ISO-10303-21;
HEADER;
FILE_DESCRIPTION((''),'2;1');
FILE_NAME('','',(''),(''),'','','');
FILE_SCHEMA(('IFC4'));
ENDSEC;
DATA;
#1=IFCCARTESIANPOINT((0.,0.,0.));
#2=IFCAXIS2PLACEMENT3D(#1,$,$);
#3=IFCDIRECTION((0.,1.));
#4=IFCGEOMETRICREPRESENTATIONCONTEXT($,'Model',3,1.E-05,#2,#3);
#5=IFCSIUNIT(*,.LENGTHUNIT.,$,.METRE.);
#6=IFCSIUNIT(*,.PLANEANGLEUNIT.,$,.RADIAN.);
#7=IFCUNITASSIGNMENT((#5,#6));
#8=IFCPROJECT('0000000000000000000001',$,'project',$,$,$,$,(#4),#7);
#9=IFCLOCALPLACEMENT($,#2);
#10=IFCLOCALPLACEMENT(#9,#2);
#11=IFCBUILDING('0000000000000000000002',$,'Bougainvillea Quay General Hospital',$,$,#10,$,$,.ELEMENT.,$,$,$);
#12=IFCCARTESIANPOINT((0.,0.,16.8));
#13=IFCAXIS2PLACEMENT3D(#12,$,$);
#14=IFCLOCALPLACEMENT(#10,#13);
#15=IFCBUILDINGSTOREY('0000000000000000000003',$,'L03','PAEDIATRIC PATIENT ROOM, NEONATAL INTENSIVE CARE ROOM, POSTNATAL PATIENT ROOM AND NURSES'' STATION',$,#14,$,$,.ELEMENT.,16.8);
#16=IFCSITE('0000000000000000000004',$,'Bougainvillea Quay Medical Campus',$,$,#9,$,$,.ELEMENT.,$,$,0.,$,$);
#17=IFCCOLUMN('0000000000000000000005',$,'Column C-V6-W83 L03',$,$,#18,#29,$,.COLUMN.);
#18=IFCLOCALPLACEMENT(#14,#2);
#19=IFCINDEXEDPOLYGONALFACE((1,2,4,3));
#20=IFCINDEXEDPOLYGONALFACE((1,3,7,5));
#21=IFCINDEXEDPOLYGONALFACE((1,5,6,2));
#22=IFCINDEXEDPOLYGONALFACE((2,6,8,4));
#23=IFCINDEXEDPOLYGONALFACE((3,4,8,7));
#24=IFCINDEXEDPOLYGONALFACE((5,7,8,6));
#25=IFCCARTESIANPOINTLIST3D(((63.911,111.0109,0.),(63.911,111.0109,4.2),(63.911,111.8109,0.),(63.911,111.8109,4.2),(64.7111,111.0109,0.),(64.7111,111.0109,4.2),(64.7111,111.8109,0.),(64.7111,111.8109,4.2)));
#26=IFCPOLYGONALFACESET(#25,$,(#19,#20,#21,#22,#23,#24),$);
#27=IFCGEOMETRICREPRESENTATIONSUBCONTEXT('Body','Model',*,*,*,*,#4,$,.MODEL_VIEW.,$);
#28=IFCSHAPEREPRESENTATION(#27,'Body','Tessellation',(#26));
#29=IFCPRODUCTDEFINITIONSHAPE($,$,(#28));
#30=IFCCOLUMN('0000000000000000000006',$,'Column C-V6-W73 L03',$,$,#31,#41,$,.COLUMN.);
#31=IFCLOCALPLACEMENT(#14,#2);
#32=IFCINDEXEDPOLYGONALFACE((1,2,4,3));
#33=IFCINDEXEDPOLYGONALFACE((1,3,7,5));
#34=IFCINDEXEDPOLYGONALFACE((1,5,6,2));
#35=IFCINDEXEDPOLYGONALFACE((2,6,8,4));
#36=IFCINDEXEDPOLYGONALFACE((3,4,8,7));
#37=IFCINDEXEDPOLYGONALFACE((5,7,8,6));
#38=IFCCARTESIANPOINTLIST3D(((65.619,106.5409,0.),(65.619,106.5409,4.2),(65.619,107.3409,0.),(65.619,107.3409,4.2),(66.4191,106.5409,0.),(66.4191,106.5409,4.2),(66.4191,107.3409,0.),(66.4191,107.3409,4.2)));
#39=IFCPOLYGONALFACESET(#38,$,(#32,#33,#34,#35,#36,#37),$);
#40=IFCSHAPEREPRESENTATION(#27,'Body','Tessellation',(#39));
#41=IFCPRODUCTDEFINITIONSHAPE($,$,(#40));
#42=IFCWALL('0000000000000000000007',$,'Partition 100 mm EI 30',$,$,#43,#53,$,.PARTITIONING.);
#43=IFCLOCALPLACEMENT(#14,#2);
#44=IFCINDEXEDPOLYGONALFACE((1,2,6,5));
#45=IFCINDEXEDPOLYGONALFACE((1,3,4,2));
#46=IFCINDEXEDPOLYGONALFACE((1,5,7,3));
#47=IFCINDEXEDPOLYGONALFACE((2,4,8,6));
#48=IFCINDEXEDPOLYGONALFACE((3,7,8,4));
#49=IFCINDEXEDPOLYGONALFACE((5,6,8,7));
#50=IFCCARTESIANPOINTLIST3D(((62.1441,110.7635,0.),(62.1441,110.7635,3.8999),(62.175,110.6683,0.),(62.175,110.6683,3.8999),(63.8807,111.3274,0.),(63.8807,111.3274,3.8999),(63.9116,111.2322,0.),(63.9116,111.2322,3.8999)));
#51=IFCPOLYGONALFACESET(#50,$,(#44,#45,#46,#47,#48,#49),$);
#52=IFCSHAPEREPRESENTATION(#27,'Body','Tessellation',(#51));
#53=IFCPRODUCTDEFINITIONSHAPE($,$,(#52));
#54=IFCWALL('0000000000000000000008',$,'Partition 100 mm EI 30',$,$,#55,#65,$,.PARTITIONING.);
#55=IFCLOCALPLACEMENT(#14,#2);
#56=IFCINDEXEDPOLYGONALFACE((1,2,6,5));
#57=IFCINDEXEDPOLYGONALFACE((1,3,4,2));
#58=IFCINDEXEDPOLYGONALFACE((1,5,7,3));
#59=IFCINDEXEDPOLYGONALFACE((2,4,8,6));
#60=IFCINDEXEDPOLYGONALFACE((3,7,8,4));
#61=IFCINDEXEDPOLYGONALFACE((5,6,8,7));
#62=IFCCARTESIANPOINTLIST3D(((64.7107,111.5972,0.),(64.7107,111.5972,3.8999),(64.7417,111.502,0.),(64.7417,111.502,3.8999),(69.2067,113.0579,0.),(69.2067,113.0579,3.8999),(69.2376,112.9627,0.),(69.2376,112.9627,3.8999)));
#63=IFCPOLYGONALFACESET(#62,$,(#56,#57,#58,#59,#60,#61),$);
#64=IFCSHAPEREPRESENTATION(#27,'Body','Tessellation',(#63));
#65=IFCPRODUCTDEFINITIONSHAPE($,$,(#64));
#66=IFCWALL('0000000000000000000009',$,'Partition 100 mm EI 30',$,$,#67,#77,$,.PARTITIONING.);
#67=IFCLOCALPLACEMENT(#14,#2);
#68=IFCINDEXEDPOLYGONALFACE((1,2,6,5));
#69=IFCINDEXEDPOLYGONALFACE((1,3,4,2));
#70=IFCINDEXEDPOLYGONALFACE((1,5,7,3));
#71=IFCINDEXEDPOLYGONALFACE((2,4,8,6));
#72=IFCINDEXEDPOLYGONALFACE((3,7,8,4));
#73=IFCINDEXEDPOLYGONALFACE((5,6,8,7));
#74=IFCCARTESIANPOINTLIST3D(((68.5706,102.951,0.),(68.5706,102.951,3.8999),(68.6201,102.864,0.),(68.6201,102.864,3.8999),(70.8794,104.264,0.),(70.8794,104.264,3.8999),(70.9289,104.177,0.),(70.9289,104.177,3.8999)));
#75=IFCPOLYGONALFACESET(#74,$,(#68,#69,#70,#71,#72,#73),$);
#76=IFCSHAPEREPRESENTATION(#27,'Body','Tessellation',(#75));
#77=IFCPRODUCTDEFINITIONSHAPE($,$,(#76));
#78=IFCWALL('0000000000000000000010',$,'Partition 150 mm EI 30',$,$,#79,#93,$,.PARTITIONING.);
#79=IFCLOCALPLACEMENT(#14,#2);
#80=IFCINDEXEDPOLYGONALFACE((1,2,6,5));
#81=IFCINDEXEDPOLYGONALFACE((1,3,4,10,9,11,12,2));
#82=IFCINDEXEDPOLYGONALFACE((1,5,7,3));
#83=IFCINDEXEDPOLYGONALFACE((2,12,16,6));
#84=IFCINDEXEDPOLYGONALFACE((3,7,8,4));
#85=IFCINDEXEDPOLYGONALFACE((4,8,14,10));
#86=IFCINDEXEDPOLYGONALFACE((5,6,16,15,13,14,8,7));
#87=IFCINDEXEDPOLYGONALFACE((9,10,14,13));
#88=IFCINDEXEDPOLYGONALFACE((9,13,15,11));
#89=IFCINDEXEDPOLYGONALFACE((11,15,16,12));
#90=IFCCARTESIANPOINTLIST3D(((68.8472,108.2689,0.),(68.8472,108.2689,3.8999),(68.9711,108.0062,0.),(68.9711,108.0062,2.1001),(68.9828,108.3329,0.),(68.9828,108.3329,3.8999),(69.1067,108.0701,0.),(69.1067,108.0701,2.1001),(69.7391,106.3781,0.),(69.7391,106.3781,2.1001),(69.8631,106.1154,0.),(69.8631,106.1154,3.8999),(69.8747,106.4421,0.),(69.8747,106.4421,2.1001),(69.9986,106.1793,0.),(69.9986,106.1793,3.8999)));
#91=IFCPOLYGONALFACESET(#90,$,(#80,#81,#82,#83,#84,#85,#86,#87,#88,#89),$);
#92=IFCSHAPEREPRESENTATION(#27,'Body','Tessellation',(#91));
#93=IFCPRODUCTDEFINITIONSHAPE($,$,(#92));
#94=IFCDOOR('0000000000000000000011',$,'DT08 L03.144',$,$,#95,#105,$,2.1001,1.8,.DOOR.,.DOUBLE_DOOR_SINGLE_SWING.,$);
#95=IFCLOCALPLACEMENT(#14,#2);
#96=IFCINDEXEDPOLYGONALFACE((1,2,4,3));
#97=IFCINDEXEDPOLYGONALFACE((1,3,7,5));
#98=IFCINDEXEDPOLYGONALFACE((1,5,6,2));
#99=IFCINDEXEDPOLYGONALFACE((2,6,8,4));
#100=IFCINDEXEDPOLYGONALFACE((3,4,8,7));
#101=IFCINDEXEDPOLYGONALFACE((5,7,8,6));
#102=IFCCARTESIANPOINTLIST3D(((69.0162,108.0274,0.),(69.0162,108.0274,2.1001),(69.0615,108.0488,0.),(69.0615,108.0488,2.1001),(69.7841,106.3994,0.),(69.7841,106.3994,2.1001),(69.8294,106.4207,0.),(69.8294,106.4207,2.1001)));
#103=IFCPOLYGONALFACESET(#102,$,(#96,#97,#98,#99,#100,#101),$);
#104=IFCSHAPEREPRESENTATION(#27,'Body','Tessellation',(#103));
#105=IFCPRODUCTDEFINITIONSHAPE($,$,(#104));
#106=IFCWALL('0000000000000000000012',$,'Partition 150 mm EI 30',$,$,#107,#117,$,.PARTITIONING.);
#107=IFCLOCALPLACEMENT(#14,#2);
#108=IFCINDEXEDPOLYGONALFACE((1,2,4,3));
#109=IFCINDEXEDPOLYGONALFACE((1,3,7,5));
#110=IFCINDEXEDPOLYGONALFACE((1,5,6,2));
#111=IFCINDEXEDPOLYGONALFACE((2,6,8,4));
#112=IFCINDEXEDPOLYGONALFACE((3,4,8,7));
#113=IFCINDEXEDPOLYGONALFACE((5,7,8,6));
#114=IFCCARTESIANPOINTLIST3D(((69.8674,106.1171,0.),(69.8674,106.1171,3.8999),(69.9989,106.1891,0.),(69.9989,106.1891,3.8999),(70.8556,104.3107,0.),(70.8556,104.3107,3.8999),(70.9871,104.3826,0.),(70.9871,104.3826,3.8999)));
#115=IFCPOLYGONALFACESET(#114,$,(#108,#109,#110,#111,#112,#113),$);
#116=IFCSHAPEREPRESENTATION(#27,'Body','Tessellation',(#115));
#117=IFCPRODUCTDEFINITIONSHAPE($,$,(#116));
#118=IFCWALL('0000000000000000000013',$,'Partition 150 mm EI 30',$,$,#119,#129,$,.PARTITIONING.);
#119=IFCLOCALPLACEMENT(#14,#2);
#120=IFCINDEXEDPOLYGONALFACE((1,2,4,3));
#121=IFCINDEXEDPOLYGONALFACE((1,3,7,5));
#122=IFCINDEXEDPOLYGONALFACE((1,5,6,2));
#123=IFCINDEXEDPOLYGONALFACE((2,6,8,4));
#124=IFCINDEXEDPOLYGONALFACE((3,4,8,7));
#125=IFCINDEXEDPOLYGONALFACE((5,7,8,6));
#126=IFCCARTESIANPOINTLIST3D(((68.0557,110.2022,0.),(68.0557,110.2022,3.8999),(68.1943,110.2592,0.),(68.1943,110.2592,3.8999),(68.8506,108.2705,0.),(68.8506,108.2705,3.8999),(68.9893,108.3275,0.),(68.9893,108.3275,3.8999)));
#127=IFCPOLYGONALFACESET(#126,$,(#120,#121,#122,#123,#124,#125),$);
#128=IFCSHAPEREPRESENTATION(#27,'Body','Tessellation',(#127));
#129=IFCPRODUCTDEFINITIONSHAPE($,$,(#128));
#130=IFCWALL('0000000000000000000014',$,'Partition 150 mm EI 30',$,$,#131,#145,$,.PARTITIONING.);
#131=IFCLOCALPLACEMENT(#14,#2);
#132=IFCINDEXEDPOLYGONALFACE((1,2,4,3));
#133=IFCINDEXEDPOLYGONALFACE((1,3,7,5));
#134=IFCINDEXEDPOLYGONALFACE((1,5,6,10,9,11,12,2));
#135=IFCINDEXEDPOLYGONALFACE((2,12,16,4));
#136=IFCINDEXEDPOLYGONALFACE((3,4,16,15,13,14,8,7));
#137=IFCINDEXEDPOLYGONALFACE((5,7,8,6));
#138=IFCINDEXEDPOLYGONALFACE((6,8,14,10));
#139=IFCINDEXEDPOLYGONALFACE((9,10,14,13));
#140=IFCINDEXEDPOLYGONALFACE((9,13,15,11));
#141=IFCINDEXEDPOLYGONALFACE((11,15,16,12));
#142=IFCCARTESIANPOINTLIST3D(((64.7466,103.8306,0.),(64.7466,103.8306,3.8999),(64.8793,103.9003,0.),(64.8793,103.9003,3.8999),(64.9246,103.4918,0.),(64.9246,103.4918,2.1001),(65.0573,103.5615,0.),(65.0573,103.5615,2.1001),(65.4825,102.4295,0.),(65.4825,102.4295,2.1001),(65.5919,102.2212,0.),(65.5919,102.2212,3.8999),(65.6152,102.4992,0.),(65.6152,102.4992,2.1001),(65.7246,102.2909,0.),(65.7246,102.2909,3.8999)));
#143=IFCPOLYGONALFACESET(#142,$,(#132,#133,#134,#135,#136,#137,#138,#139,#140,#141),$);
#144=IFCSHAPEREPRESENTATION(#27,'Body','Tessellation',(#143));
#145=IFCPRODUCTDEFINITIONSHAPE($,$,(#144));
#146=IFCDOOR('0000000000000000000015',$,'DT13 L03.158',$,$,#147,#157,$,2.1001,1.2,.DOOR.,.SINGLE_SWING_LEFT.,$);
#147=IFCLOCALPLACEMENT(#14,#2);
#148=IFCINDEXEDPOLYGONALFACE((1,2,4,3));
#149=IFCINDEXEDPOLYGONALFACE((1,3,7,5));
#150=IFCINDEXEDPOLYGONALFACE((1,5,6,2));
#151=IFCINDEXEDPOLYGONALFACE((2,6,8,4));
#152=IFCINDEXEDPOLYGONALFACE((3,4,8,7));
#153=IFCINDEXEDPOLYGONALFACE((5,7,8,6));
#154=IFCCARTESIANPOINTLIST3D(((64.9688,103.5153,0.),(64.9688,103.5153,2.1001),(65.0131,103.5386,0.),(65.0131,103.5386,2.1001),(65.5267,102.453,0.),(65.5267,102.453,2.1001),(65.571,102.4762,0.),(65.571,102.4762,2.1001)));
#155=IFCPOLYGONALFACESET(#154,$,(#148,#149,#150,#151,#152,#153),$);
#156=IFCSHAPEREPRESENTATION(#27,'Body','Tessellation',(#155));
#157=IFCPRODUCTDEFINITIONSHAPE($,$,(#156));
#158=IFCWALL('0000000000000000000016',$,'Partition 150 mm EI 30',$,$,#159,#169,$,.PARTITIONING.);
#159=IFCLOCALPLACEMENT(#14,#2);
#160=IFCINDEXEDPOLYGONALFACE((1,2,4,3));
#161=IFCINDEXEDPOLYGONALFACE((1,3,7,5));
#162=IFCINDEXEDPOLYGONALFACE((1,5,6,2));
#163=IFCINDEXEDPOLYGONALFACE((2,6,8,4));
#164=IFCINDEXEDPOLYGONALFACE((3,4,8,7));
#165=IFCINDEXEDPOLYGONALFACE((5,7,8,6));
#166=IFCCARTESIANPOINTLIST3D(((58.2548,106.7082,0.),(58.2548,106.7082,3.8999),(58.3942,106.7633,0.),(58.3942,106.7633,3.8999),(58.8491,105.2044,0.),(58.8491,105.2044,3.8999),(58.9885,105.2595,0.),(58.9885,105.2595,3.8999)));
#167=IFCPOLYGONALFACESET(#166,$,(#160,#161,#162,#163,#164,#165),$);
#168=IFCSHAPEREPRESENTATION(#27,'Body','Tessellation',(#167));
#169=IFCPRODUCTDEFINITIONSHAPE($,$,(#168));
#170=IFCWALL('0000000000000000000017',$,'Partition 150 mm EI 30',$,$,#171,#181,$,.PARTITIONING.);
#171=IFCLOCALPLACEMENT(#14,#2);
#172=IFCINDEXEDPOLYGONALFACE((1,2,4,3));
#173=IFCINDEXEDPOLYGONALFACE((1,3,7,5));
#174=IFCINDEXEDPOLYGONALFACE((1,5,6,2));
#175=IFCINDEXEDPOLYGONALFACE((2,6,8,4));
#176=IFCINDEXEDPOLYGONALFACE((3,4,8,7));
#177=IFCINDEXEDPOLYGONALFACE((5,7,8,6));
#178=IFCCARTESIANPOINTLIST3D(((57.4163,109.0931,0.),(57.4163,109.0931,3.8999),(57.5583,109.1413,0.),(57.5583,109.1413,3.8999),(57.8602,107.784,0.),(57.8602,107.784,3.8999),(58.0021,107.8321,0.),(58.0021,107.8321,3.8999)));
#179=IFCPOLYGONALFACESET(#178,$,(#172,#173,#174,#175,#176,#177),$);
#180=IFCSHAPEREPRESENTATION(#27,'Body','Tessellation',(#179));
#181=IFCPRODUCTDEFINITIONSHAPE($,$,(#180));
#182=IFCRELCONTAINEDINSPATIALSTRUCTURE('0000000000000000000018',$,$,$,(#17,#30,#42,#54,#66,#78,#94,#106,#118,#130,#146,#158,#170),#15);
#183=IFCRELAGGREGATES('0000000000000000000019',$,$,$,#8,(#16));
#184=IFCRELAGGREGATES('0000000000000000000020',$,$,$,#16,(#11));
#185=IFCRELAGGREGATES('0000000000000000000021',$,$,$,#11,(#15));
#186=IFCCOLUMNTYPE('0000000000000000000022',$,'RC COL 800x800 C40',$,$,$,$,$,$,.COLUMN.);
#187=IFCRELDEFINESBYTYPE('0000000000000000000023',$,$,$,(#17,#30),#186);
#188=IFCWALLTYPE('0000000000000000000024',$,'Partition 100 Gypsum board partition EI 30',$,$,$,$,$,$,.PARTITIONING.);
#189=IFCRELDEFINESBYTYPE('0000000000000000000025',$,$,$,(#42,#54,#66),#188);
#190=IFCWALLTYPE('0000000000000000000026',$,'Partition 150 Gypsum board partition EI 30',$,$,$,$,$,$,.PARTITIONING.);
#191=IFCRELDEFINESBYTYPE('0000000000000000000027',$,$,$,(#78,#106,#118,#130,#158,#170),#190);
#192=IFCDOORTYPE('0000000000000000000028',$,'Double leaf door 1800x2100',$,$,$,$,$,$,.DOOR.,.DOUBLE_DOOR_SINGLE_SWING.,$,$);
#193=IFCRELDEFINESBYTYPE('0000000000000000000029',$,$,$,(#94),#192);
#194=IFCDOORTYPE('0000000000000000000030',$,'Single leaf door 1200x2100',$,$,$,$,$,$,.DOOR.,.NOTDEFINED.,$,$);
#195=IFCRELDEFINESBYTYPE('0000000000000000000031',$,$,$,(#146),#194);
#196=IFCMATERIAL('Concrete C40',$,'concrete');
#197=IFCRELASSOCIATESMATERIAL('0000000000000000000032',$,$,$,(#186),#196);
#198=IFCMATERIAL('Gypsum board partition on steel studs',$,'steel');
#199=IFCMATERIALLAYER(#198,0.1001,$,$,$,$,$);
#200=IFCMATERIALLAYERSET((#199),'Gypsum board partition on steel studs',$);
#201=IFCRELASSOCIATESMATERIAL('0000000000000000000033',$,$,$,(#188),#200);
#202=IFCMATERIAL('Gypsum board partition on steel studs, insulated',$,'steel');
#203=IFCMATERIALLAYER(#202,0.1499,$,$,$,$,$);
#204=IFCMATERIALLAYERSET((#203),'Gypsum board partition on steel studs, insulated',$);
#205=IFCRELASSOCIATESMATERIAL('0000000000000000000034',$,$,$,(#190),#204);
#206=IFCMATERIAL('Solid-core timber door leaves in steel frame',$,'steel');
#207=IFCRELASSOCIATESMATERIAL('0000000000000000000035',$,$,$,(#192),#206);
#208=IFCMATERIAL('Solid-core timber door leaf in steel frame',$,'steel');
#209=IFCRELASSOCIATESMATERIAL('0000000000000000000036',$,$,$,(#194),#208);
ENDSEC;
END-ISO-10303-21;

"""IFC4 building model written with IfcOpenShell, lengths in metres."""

from ifc_helpers import new_model, si_unit, direction, frame, frame_2d, origin, origin_2d, place, context, subcontext, project, spatial, rectangle, extrude, material, layer, layer_set, material_profile, profile_set, type_object, element, fill, save


model = new_model("IFC4")

# Units and contexts
model_context = context("Model", 3, precision=1e-05, world=origin(), true_north=direction((0.0, 1.0)))
body_context = subcontext(model_context, "Body", "Model", "MODEL_VIEW")
ifc_project = project(units=[si_unit("LENGTHUNIT", "METRE"), si_unit("PLANEANGLEUNIT", "RADIAN")], contexts=[model_context])

# Site, building, storey
site_placement = place(None, origin())
site = spatial("IfcSite", under=ifc_project, at=site_placement, Name="Bougainvillea Quay Medical Campus", CompositionType="ELEMENT", RefElevation=0.0)
building_placement = place(site_placement, origin())
building = spatial("IfcBuilding", under=site, at=building_placement, Name="Bougainvillea Quay General Hospital", CompositionType="ELEMENT")
storey_placement = place(building_placement, frame((0.0, 0.0, 16.8)))
storey = spatial("IfcBuildingStorey", under=building, at=storey_placement, Name="L03", Description="PAEDIATRIC PATIENT ROOM, NEONATAL INTENSIVE CARE ROOM, POSTNATAL PATIENT ROOM AND NURSES' STATION", CompositionType="ELEMENT", Elevation=16.8)

# Columns
ifc_material_1 = material(Name="Concrete C40", Category="concrete")
ifc_material_profile = material_profile(ifc_material_1, rectangle(XDim=0.8, YDim=0.8, at=origin_2d()))
ifc_profile_set = profile_set([ifc_material_profile], Name="Concrete C40")
column_type = type_object("IfcColumnType", Name="RC COL 800x800 C40", PredefinedType="COLUMN", material=ifc_profile_set)
for number, where, z_axis, x_axis, name in (
    (1, (64.311, 111.4109, 0.0), (0.0, 0.0, 1.0), (1.0, 0.0, 0.0), "Column C-V6-W83 L03"),
    (2, (66.019, 106.9409, 0.0), (0.0, 0.0, 1.0), (1.0, 0.0, 0.0), "Column C-V6-W73 L03"),
):
    element("IfcColumn", number, at=place(storey_placement, frame(where, z_axis=z_axis, x_axis=x_axis)), inside=storey, type_object=column_type, Name=name, PredefinedType="COLUMN", context=body_context, shape_type="SweptSolid", body=[
        extrude(rectangle(XDim=0.8, YDim=0.8, at=origin_2d()), origin(), (0.0, 0.0, 1.0), 4.2),
    ])

# Walls
ifc_material_2 = material(Name="Gypsum board partition on steel studs", Category="steel")
ifc_layer_1 = layer(ifc_material_2, 0.1001)
ifc_layer_set_1 = layer_set([ifc_layer_1], Name="Gypsum board partition on steel studs")
wall_type_1 = type_object("IfcWallType", Name="Partition 100 Gypsum board partition EI 30", PredefinedType="PARTITIONING", material=ifc_layer_set_1)
wall_1_placement = place(storey_placement, frame((62.1594, 110.7158, 0.0), z_axis=(0.0, 0.0, 1.0), x_axis=(0.951102, 0.308877, 0.0)))
element("IfcWall", 3, at=wall_1_placement, inside=storey, type_object=wall_type_1, Name="Partition 100 mm EI 30", PredefinedType="PARTITIONING", context=body_context, shape_type="SweptSolid", body=[
    extrude(rectangle(XDim=1.8259, YDim=0.1001, at=frame_2d((0.9131, 0.0))), origin(), (0.0, 0.0, 1.0), 3.8999),
])
wall_2_placement = place(storey_placement, frame((64.7261, 111.5496, 0.0), z_axis=(0.0, 0.0, 1.0), x_axis=(0.951063, 0.308998, 0.0)))
element("IfcWall", 4, at=wall_2_placement, inside=storey, type_object=wall_type_1, Name="Partition 100 mm EI 30", PredefinedType="PARTITIONING", context=body_context, shape_type="SweptSolid", body=[
    extrude(rectangle(XDim=4.7273, YDim=0.1001, at=frame_2d((2.3638, 0.0))), origin(), (0.0, 0.0, 1.0), 3.8999),
])
wall_3_placement = place(storey_placement, frame((68.5952, 102.9075, 0.0), z_axis=(0.0, 0.0, 1.0), x_axis=(0.869271, 0.494336, 0.0)))
element("IfcWall", 5, at=wall_3_placement, inside=storey, type_object=wall_type_1, Name="Partition 100 mm EI 30", PredefinedType="PARTITIONING", context=body_context, shape_type="SweptSolid", body=[
    extrude(rectangle(XDim=2.656, YDim=0.1001, at=frame_2d((1.3281, 0.0))), origin(), (0.0, 0.0, 1.0), 3.8999),
])

# Wall, opening, door
ifc_material_3 = material(Name="Gypsum board partition on steel studs, insulated", Category="steel")
ifc_layer_2 = layer(ifc_material_3, 0.1499)
ifc_layer_set_2 = layer_set([ifc_layer_2], Name="Gypsum board partition on steel studs, insulated")
wall_type_2 = type_object("IfcWallType", Name="Partition 150 Gypsum board partition EI 30", PredefinedType="PARTITIONING", material=ifc_layer_set_2)
wall_4_placement = place(storey_placement, frame((68.915, 108.3008, 0.0), z_axis=(0.0, 0.0, 1.0), x_axis=(0.426631, -0.904426, 0.0)))
wall_4 = element("IfcWall", 6, at=wall_4_placement, inside=storey, type_object=wall_type_2, Name="Partition 150 mm EI 30", PredefinedType="PARTITIONING", context=body_context, shape_type="SweptSolid", body=[
    extrude(rectangle(XDim=2.3811, YDim=0.1499, at=frame_2d((1.1904, 0.0))), origin(), (0.0, 0.0, 1.0), 3.8999),
])
opening_1_placement = place(wall_4_placement, frame((0.2905, 0.0, 0.0)))
opening_1 = element("IfcOpeningElement", 7, at=opening_1_placement, cuts=wall_4, PredefinedType="OPENING", context=body_context, shape_type="SweptSolid", body=[
    extrude(rectangle(XDim=1.8, YDim=2.1001, at=frame_2d((0.8999, 1.05))), frame((0.0, 0.085, 0.0), z_axis=(0.0, -1.0, 0.0), x_axis=(1.0, 0.0, 0.0)), (0.0, 0.0, 1.0), 0.1699),
])
ifc_material_4 = material(Name="Solid-core timber door leaves in steel frame", Category="steel")
door_type_1 = type_object("IfcDoorType", Name="Double leaf door 1800x2100", OperationType="DOUBLE_DOOR_SINGLE_SWING", PredefinedType="DOOR", material=ifc_material_4)
door_1_placement = place(opening_1_placement, origin())
door_1 = element("IfcDoor", 8, at=door_1_placement, inside=storey, type_object=door_type_1, Name="DT08 L03.144", OperationType="DOUBLE_DOOR_SINGLE_SWING", OverallHeight=2.1001, OverallWidth=1.8, PredefinedType="DOOR", context=body_context, shape_type="SweptSolid", body=[
    extrude(rectangle(XDim=1.8, YDim=2.1001, at=frame_2d((0.8999, 1.05))), frame((0.0, 0.0249, 0.0), z_axis=(0.0, -1.0, 0.0), x_axis=(1.0, 0.0, 0.0)), (0.0, 0.0, 1.0), 0.05),
])
fill(opening_1, door_1)

# Walls
wall_5_placement = place(storey_placement, frame((69.9331, 106.1531, 0.0), z_axis=(0.0, 0.0, 1.0), x_axis=(0.479965, -0.877288, 0.0)))
element("IfcWall", 9, at=wall_5_placement, inside=storey, type_object=wall_type_2, Name="Partition 150 mm EI 30", PredefinedType="PARTITIONING", context=body_context, shape_type="SweptSolid", body=[
    extrude(rectangle(XDim=2.0591, YDim=0.1499, at=frame_2d((1.0295, 0.0))), origin(), (0.0, 0.0, 1.0), 3.8999),
])
wall_6_placement = place(storey_placement, frame((68.125, 110.2307, 0.0), z_axis=(0.0, 0.0, 1.0), x_axis=(0.380562, -0.924756, 0.0)))
element("IfcWall", 10, at=wall_6_placement, inside=storey, type_object=wall_type_2, Name="Partition 150 mm EI 30", PredefinedType="PARTITIONING", context=body_context, shape_type="SweptSolid", body=[
    extrude(rectangle(XDim=2.0889, YDim=0.1499, at=frame_2d((1.0444, 0.0))), origin(), (0.0, 0.0, 1.0), 3.8999),
])

# Wall, opening, door
wall_7_placement = place(storey_placement, frame((64.813, 103.8655, 0.0), z_axis=(0.0, 0.0, 1.0), x_axis=(0.46496, -0.885332, 0.0)))
wall_7 = element("IfcWall", 11, at=wall_7_placement, inside=storey, type_object=wall_type_2, Name="Partition 150 mm EI 30", PredefinedType="PARTITIONING", context=body_context, shape_type="SweptSolid", body=[
    extrude(rectangle(XDim=1.8179, YDim=0.1499, at=frame_2d((0.9089, 0.0))), origin(), (0.0, 0.0, 1.0), 3.8999),
])
opening_2_placement = place(wall_7_placement, frame((0.3826, 0.0, 0.0)))
opening_2 = element("IfcOpeningElement", 12, at=opening_2_placement, cuts=wall_7, PredefinedType="OPENING", context=body_context, shape_type="SweptSolid", body=[
    extrude(rectangle(XDim=1.2, YDim=2.1001, at=frame_2d((0.6001, 1.05))), frame((0.0, 0.085, 0.0), z_axis=(0.0, -1.0, 0.0), x_axis=(1.0, 0.0, 0.0)), (0.0, 0.0, 1.0), 0.1699),
])
ifc_material_5 = material(Name="Solid-core timber door leaf in steel frame", Category="steel")
door_type_2 = type_object("IfcDoorType", Name="Single leaf door 1200x2100", OperationType="NOTDEFINED", PredefinedType="DOOR", material=ifc_material_5)
door_2_placement = place(opening_2_placement, frame((1.2, 0.0, 0.0), z_axis=(0.0, 0.0, 1.0), x_axis=(-1.0, 0.0, 0.0)))
door_2 = element("IfcDoor", 13, at=door_2_placement, inside=storey, type_object=door_type_2, Name="DT13 L03.158", OperationType="SINGLE_SWING_LEFT", OverallHeight=2.1001, OverallWidth=1.2, PredefinedType="DOOR", context=body_context, shape_type="SweptSolid", body=[
    extrude(rectangle(XDim=1.2, YDim=2.1001, at=frame_2d((0.6001, 1.05))), frame((0.0, 0.0249, 0.0), z_axis=(0.0, -1.0, 0.0), x_axis=(1.0, 0.0, 0.0)), (0.0, 0.0, 1.0), 0.05),
])
fill(opening_2, door_2)

# Walls
wall_8_placement = place(storey_placement, frame((58.3245, 106.7358, 0.0), z_axis=(0.0, 0.0, 1.0), x_axis=(0.367534, -0.93001, 0.0)))
element("IfcWall", 14, at=wall_8_placement, inside=storey, type_object=wall_type_2, Name="Partition 150 mm EI 30", PredefinedType="PARTITIONING", context=body_context, shape_type="SweptSolid", body=[
    extrude(rectangle(XDim=1.6169, YDim=0.1499, at=frame_2d((0.8086, 0.0))), origin(), (0.0, 0.0, 1.0), 3.8999),
])
wall_9_placement = place(storey_placement, frame((57.4873, 109.1172, 0.0), z_axis=(0.0, 0.0, 1.0), x_axis=(0.321098, -0.947046, 0.0)))
element("IfcWall", 15, at=wall_9_placement, inside=storey, type_object=wall_type_2, Name="Partition 150 mm EI 30", PredefinedType="PARTITIONING", context=body_context, shape_type="SweptSolid", body=[
    extrude(rectangle(XDim=1.3823, YDim=0.1499, at=frame_2d((0.6912, 0.0))), origin(), (0.0, 0.0, 1.0), 3.8999),
])

save(model, "model.ifc")
